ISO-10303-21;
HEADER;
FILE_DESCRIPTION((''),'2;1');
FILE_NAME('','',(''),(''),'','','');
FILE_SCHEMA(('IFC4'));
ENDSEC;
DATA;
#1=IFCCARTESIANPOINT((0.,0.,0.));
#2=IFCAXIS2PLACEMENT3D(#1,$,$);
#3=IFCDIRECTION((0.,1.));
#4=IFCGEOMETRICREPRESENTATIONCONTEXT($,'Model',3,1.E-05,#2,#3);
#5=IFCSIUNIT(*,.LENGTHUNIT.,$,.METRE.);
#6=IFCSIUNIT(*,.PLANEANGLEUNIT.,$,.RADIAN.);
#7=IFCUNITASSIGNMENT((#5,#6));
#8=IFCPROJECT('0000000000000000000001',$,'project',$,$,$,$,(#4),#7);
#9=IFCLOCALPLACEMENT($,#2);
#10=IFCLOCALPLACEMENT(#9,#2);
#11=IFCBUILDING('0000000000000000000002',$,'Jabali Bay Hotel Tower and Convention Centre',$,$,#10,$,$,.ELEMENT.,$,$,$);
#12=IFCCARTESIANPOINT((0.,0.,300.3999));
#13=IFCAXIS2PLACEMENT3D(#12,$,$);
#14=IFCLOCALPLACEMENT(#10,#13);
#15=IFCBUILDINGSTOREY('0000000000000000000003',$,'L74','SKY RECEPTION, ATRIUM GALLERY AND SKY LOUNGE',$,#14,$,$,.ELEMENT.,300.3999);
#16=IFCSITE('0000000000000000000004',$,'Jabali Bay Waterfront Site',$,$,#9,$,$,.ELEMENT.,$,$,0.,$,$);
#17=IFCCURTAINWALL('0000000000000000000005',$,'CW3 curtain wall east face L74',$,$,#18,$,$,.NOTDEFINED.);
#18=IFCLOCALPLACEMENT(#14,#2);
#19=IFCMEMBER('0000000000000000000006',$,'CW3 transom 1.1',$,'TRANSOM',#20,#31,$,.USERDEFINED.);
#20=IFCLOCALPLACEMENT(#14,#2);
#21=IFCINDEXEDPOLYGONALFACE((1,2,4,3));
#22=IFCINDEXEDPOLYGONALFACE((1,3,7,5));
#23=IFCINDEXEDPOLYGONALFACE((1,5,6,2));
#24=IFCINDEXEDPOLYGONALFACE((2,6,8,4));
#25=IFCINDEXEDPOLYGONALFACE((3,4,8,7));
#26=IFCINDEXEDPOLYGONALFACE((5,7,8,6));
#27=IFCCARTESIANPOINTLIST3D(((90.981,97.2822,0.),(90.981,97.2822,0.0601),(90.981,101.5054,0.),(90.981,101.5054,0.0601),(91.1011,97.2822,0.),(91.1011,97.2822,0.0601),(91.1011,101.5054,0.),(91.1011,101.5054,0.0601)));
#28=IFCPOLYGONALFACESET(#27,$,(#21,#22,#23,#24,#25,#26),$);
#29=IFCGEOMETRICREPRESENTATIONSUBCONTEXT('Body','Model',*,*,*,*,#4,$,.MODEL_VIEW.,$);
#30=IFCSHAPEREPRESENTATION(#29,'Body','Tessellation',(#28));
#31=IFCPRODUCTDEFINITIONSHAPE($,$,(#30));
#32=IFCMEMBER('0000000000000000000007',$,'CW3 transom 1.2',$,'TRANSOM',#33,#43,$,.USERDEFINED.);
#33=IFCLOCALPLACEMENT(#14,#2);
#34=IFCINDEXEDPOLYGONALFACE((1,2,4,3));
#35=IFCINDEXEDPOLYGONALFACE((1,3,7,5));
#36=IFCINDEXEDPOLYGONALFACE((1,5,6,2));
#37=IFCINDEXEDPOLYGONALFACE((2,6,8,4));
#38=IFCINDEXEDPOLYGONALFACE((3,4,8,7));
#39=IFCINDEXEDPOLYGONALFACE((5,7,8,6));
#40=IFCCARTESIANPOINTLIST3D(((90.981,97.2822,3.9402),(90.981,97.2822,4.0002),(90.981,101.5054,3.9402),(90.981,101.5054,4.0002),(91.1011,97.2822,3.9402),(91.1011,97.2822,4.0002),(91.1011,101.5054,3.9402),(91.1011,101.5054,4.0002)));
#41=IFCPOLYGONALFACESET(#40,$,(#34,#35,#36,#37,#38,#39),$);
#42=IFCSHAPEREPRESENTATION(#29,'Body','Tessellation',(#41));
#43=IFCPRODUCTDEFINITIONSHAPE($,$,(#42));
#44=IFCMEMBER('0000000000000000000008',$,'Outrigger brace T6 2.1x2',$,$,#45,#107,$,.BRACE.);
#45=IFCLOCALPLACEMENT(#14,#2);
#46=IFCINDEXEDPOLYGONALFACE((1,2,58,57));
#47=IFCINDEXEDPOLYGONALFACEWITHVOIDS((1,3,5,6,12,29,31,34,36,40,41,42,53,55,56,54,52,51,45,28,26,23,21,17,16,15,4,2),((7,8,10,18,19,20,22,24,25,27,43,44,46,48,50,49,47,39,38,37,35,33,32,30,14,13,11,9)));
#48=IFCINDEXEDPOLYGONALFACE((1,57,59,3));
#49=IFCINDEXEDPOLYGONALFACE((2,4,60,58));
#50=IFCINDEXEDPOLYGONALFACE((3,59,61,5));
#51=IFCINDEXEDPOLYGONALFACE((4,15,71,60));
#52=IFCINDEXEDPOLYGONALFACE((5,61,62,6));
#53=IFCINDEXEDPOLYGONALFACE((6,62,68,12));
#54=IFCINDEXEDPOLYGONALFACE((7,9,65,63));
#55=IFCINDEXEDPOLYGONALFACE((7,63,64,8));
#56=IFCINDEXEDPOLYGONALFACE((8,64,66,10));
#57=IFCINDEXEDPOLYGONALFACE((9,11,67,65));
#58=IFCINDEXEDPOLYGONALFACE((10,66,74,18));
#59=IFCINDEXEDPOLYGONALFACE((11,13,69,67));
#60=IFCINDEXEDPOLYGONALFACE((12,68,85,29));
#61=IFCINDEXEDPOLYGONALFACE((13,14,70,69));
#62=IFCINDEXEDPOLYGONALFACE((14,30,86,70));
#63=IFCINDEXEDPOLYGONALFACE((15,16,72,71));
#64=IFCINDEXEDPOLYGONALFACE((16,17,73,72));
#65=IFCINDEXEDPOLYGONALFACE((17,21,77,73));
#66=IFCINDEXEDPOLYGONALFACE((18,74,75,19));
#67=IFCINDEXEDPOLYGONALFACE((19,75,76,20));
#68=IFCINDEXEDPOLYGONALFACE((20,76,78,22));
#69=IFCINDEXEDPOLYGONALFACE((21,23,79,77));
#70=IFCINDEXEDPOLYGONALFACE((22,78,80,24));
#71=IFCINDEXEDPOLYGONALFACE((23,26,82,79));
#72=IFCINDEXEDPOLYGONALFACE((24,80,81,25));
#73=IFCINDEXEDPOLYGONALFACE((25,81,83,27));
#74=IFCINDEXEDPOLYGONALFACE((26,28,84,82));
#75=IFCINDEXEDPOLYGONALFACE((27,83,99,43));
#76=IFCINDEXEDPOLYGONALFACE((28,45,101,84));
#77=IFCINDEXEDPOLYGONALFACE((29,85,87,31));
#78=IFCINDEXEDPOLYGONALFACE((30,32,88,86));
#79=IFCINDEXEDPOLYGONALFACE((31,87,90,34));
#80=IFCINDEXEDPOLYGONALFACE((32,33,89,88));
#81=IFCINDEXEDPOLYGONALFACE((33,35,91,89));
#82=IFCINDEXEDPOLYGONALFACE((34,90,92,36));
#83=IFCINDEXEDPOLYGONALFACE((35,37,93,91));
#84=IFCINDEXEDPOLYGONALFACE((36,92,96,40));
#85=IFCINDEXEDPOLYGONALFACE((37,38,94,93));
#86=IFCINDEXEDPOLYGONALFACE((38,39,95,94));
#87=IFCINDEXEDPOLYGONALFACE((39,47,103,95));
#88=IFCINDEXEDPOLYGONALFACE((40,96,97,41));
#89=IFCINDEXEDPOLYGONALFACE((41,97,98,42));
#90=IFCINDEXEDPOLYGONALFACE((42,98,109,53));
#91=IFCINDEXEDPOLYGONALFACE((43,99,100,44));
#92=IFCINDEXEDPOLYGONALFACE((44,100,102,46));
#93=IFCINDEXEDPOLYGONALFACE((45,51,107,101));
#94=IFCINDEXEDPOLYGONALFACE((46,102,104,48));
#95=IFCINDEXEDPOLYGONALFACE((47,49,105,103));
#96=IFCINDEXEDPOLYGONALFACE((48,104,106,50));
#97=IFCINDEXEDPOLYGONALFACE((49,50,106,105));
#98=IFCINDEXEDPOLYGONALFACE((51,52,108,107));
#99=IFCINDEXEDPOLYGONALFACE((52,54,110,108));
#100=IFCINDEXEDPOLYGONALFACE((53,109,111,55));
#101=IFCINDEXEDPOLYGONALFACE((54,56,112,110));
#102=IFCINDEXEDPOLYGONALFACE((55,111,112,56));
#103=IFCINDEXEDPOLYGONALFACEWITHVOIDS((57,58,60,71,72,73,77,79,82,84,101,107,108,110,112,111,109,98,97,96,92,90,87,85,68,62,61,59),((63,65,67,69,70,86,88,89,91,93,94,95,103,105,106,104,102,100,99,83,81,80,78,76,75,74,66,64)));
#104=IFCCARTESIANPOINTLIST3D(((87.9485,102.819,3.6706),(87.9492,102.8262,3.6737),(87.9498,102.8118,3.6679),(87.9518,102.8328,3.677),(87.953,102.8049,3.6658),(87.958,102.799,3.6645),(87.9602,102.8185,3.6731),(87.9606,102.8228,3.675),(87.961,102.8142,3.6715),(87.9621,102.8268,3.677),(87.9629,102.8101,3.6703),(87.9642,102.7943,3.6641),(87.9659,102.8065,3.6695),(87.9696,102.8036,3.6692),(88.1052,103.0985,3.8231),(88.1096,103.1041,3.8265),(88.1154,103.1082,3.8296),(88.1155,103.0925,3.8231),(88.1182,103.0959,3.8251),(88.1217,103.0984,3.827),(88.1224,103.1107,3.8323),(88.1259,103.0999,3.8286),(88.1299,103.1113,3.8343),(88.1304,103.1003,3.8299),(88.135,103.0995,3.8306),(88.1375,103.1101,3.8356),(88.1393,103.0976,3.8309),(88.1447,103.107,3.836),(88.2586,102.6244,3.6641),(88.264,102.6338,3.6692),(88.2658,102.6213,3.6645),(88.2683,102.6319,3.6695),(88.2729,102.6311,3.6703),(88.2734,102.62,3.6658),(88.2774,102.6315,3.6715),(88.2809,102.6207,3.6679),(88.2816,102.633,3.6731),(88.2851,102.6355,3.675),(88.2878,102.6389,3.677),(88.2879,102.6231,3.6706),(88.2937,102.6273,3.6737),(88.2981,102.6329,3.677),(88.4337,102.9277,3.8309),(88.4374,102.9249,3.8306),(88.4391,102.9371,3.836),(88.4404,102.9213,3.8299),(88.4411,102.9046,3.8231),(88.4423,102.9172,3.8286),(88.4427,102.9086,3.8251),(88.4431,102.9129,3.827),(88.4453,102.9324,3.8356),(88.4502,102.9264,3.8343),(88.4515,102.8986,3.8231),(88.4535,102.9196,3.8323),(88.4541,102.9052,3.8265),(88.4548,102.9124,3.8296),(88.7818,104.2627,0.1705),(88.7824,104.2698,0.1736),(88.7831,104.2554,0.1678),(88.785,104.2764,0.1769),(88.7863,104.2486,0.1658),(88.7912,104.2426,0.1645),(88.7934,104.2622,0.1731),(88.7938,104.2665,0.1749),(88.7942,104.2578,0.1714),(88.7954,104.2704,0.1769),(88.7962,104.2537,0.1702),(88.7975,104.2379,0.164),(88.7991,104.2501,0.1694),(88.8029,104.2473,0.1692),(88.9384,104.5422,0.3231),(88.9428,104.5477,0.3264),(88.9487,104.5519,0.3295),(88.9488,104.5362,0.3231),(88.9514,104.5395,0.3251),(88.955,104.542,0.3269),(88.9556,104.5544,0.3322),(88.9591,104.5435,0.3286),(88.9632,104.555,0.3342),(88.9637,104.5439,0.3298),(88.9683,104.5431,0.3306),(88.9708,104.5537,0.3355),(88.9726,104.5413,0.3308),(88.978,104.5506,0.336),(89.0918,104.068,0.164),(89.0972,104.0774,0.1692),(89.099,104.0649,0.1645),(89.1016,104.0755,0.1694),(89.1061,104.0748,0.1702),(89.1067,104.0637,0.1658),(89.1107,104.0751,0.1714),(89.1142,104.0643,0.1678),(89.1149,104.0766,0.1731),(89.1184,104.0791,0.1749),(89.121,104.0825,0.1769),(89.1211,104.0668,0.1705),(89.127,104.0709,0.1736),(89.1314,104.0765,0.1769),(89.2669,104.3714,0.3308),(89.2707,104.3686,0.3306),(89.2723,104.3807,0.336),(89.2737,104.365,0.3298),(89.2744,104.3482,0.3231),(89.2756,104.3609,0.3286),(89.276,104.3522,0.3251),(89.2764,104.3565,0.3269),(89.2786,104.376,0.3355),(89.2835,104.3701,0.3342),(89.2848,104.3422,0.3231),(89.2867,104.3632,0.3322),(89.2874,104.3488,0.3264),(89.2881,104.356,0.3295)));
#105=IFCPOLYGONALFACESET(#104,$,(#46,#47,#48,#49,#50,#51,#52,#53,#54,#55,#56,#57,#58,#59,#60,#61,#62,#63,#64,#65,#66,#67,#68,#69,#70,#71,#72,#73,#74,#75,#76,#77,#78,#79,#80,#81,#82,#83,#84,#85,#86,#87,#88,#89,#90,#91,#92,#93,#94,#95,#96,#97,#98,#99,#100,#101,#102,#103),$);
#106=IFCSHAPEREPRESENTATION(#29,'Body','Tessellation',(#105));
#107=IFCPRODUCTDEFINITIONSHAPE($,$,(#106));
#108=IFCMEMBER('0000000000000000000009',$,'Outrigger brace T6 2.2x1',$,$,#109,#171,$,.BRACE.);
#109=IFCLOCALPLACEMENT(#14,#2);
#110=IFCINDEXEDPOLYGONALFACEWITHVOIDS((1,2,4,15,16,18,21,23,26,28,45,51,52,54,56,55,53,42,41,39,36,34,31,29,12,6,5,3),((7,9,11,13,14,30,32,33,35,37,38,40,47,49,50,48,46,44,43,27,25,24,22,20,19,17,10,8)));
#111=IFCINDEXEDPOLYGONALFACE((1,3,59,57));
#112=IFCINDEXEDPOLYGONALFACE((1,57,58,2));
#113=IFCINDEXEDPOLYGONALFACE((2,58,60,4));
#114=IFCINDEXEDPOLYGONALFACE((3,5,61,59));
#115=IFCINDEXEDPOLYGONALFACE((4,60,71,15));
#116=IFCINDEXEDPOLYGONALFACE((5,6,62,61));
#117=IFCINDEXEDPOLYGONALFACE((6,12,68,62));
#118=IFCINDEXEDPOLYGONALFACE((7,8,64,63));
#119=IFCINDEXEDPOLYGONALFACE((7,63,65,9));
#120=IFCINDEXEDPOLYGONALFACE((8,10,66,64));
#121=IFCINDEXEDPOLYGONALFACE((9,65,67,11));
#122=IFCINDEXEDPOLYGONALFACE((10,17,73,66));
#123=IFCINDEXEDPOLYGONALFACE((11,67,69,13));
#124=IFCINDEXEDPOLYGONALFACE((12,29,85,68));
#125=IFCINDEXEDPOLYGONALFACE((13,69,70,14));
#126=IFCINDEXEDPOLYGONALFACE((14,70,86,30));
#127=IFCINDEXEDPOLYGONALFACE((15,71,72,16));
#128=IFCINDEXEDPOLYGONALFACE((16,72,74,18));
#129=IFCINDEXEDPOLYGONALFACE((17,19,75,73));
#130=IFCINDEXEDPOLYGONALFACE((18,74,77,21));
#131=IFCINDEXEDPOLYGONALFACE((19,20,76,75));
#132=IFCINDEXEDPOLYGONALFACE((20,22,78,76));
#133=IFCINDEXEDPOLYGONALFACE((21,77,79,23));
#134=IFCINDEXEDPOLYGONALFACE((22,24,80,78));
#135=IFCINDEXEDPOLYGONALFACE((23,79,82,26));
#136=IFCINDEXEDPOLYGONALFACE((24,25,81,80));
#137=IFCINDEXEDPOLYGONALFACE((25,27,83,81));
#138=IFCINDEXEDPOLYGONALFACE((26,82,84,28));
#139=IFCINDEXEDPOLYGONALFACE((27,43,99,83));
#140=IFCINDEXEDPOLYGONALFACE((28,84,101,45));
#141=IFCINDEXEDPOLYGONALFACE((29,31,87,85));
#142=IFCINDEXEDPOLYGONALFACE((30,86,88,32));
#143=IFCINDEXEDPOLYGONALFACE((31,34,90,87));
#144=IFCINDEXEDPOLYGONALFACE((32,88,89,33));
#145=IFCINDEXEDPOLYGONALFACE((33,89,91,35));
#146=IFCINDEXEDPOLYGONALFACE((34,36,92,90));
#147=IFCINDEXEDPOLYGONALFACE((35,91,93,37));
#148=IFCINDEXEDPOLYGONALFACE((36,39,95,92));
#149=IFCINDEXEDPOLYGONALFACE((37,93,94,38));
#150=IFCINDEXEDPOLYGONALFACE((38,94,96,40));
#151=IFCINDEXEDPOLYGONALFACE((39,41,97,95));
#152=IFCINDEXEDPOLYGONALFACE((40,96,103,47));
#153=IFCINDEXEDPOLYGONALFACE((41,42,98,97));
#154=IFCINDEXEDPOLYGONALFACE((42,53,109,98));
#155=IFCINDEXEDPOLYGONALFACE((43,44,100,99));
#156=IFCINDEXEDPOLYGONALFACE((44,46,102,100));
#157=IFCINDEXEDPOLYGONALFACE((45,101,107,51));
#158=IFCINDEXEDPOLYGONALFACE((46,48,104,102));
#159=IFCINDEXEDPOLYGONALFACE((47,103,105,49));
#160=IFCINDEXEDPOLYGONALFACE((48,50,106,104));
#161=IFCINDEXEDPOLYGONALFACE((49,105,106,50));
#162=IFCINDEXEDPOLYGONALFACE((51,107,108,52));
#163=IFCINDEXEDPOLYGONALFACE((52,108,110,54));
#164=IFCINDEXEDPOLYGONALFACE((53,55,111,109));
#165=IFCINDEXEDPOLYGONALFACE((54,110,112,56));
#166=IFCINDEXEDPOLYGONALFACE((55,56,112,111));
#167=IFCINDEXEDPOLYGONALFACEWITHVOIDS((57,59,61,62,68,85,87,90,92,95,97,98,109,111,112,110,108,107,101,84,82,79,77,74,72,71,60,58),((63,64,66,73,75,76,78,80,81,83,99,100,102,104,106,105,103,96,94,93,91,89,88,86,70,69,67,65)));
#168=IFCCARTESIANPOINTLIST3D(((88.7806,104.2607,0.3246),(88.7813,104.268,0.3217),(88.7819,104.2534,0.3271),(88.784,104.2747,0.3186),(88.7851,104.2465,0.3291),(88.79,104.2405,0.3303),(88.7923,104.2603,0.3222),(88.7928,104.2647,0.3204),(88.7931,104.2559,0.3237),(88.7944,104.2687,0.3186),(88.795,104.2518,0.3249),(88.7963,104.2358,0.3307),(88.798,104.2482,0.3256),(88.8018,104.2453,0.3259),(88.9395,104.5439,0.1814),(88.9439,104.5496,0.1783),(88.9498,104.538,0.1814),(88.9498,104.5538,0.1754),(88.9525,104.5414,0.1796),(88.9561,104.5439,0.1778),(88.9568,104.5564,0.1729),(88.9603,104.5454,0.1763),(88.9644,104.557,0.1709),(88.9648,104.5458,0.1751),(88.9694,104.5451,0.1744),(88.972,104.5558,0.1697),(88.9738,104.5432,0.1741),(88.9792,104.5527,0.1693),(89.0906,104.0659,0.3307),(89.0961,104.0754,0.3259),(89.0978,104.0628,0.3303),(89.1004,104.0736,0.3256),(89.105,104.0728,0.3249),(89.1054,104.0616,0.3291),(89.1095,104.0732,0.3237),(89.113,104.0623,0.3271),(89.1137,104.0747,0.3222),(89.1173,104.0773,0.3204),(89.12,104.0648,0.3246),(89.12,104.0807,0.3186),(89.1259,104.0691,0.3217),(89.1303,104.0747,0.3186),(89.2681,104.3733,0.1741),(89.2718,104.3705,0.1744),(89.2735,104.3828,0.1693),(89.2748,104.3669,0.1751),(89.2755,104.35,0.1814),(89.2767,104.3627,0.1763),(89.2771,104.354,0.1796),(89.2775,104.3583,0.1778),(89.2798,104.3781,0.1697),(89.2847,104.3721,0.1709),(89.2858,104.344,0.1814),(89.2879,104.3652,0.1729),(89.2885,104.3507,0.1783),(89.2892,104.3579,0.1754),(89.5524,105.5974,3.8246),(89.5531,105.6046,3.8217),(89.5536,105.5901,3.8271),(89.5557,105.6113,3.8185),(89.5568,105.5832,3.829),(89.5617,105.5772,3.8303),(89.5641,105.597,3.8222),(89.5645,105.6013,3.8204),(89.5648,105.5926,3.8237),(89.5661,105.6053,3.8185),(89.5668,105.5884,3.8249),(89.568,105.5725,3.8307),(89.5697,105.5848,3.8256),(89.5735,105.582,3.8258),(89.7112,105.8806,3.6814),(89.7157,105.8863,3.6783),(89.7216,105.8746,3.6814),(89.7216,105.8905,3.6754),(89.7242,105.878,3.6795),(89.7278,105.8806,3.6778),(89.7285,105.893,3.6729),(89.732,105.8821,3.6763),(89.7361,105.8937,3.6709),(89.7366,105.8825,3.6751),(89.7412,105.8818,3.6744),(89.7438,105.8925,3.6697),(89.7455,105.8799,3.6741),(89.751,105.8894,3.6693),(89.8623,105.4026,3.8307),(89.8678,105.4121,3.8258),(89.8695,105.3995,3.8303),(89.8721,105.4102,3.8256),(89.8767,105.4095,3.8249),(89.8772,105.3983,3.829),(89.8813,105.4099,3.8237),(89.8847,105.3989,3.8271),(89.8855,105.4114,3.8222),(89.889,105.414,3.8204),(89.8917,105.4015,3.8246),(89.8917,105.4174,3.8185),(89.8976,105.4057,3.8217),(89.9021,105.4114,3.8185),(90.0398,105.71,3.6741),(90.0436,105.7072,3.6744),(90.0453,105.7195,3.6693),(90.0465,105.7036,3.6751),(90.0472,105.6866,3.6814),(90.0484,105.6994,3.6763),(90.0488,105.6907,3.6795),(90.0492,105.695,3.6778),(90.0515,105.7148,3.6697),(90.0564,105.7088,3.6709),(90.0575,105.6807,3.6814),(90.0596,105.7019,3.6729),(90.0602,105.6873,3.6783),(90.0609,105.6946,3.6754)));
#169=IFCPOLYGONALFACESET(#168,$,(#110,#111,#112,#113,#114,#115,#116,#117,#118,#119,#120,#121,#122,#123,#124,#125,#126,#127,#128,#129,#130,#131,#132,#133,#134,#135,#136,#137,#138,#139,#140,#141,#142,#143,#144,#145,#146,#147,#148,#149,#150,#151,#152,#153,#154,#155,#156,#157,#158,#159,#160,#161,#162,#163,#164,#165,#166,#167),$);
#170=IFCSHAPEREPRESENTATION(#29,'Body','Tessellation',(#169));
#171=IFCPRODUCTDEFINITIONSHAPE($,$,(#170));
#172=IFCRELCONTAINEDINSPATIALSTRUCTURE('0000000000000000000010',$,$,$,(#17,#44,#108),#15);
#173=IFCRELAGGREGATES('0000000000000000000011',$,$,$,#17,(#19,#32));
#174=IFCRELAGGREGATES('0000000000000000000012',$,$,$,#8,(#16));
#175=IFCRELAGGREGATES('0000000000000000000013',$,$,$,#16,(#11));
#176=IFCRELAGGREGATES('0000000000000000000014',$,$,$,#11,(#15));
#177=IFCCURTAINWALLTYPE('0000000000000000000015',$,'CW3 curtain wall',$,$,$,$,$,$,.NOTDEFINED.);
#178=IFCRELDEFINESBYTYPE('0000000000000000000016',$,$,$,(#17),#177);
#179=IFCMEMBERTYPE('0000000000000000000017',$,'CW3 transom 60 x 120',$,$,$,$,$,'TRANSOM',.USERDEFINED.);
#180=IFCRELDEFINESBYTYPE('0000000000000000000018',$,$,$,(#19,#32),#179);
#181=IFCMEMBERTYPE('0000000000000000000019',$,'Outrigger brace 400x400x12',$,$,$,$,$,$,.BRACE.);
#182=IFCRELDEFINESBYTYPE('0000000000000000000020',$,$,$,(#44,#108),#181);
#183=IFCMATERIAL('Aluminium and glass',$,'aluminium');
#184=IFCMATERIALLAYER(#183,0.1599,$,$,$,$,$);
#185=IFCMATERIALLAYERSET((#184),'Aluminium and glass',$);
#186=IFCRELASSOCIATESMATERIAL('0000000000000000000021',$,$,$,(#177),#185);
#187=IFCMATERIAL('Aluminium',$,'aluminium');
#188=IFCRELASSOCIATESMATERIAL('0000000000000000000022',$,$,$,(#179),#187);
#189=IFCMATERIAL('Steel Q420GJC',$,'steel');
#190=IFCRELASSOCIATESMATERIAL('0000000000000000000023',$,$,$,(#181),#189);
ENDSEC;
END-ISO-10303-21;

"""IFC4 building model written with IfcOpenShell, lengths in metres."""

from ifc_helpers import new_model, si_unit, direction, frame, origin, origin_2d, place, context, subcontext, project, spatial, rectangle, hollow_rectangle, extrude, material, layer, layer_set, material_profile, profile_set, type_object, element, aggregate, save


model = new_model("IFC4")

# Units and contexts
model_context = context("Model", 3, precision=1e-05, world=origin(), true_north=direction((0.0, 1.0)))
body_context = subcontext(model_context, "Body", "Model", "MODEL_VIEW")
ifc_project = project(units=[si_unit("LENGTHUNIT", "METRE"), si_unit("PLANEANGLEUNIT", "RADIAN")], contexts=[model_context])

# Site, building, storey
site_placement = place(None, origin())
site = spatial("IfcSite", under=ifc_project, at=site_placement, Name="Jabali Bay Waterfront Site", CompositionType="ELEMENT", RefElevation=0.0)
building_placement = place(site_placement, origin())
building = spatial("IfcBuilding", under=site, at=building_placement, Name="Jabali Bay Hotel Tower and Convention Centre", CompositionType="ELEMENT")
storey_placement = place(building_placement, frame((0.0, 0.0, 300.3999)))
storey = spatial("IfcBuildingStorey", under=building, at=storey_placement, Name="L74", Description="SKY RECEPTION, ATRIUM GALLERY AND SKY LOUNGE", CompositionType="ELEMENT", Elevation=300.3999)

# Shared definitions
ifc_material_1 = material(Name="Steel Q420GJC", Category="steel")

# Curtain wall, members
ifc_material_2 = material(Name="Aluminium and glass", Category="aluminium")
ifc_layer_1 = layer(ifc_material_2, 0.1599)
ifc_layer_set_1 = layer_set([ifc_layer_1], Name="Aluminium and glass")
curtain_wall_type = type_object("IfcCurtainWallType", Name="CW3 curtain wall", PredefinedType="NOTDEFINED", material=ifc_layer_set_1)
curtain_wall_placement = place(storey_placement, origin())
curtain_wall = element("IfcCurtainWall", 1, at=curtain_wall_placement, inside=storey, type_object=curtain_wall_type, Name="CW3 curtain wall east face L74", PredefinedType="NOTDEFINED")
ifc_material_3 = material(Name="Aluminium", Category="aluminium")
ifc_material_profile_1 = material_profile(ifc_material_3, rectangle(XDim=0.1201, YDim=0.0601, at=origin_2d()), Name="CW3 transom 60 x 120")
ifc_profile_set_1 = profile_set([ifc_material_profile_1], Name="Aluminium")
member_type_1 = type_object("IfcMemberType", Name="CW3 transom 60 x 120", ElementType="TRANSOM", PredefinedType="USERDEFINED", material=ifc_profile_set_1)
member_1_placement = place(storey_placement, frame((91.041, 101.5054, 0.03), z_axis=(0.0, -1.0, 0.0), x_axis=(1.0, 0.0, 0.0)))
member_1 = element("IfcMember", 2, at=member_1_placement, type_object=member_type_1, Name="CW3 transom 1.1", ObjectType="TRANSOM", PredefinedType="USERDEFINED", context=body_context, shape_type="SweptSolid", body=[
    extrude(rectangle(XDim=0.1201, YDim=0.0601, at=origin_2d()), origin(), (0.0, 0.0, 1.0), 4.2231),
])
member_2_placement = place(storey_placement, frame((91.041, 101.5054, 3.9702), z_axis=(0.0, -1.0, 0.0), x_axis=(1.0, 0.0, 0.0)))
member_2 = element("IfcMember", 3, at=member_2_placement, type_object=member_type_1, Name="CW3 transom 1.2", ObjectType="TRANSOM", PredefinedType="USERDEFINED", context=body_context, shape_type="SweptSolid", body=[
    extrude(rectangle(XDim=0.1201, YDim=0.0601, at=origin_2d()), origin(), (0.0, 0.0, 1.0), 4.2231),
])
aggregate(curtain_wall, [member_1, member_2])

# Members
ifc_material_profile_2 = material_profile(ifc_material_1, hollow_rectangle(XDim=0.3999, YDim=0.3999, WallThickness=0.012, InnerFilletRadius=0.0181, OuterFilletRadius=0.03, at=origin_2d()), Name="Outrigger brace 400x400x12")
ifc_profile_set_2 = profile_set([ifc_material_profile_2], Name="Steel Q420GJC")
member_type_2 = type_object("IfcMemberType", Name="Outrigger brace 400x400x12", PredefinedType="BRACE", material=ifc_profile_set_2)
member_3_placement = place(storey_placement, frame((89.0349, 104.3093, 0.25), z_axis=(-0.214942, -0.372386, 0.902845), x_axis=(0.866081, -0.499904, 0.0)))
element("IfcMember", 4, at=member_3_placement, inside=storey, type_object=member_type_2, Name="Outrigger brace T6 2.1x2", PredefinedType="BRACE", context=body_context, shape_type="SweptSolid", body=[
    extrude(hollow_rectangle(XDim=0.3999, YDim=0.3999, WallThickness=0.012, InnerFilletRadius=0.0181, OuterFilletRadius=0.03, at=origin_2d()), origin(), (0.0, 0.0, 1.0), 3.8767),
])
member_4_placement = place(storey_placement, frame((89.0349, 104.3093, 0.25), z_axis=(0.201748, 0.349437, 0.914982), x_axis=(-0.866025, 0.500001, 0.0)))
element("IfcMember", 5, at=member_4_placement, inside=storey, type_object=member_type_2, Name="Outrigger brace T6 2.2x1", PredefinedType="BRACE", context=body_context, shape_type="SweptSolid", body=[
    extrude(hollow_rectangle(XDim=0.3999, YDim=0.3999, WallThickness=0.012, InnerFilletRadius=0.0181, OuterFilletRadius=0.03, at=origin_2d()), origin(), (0.0, 0.0, 1.0), 3.8252),
])

save(model, "model.ifc")
